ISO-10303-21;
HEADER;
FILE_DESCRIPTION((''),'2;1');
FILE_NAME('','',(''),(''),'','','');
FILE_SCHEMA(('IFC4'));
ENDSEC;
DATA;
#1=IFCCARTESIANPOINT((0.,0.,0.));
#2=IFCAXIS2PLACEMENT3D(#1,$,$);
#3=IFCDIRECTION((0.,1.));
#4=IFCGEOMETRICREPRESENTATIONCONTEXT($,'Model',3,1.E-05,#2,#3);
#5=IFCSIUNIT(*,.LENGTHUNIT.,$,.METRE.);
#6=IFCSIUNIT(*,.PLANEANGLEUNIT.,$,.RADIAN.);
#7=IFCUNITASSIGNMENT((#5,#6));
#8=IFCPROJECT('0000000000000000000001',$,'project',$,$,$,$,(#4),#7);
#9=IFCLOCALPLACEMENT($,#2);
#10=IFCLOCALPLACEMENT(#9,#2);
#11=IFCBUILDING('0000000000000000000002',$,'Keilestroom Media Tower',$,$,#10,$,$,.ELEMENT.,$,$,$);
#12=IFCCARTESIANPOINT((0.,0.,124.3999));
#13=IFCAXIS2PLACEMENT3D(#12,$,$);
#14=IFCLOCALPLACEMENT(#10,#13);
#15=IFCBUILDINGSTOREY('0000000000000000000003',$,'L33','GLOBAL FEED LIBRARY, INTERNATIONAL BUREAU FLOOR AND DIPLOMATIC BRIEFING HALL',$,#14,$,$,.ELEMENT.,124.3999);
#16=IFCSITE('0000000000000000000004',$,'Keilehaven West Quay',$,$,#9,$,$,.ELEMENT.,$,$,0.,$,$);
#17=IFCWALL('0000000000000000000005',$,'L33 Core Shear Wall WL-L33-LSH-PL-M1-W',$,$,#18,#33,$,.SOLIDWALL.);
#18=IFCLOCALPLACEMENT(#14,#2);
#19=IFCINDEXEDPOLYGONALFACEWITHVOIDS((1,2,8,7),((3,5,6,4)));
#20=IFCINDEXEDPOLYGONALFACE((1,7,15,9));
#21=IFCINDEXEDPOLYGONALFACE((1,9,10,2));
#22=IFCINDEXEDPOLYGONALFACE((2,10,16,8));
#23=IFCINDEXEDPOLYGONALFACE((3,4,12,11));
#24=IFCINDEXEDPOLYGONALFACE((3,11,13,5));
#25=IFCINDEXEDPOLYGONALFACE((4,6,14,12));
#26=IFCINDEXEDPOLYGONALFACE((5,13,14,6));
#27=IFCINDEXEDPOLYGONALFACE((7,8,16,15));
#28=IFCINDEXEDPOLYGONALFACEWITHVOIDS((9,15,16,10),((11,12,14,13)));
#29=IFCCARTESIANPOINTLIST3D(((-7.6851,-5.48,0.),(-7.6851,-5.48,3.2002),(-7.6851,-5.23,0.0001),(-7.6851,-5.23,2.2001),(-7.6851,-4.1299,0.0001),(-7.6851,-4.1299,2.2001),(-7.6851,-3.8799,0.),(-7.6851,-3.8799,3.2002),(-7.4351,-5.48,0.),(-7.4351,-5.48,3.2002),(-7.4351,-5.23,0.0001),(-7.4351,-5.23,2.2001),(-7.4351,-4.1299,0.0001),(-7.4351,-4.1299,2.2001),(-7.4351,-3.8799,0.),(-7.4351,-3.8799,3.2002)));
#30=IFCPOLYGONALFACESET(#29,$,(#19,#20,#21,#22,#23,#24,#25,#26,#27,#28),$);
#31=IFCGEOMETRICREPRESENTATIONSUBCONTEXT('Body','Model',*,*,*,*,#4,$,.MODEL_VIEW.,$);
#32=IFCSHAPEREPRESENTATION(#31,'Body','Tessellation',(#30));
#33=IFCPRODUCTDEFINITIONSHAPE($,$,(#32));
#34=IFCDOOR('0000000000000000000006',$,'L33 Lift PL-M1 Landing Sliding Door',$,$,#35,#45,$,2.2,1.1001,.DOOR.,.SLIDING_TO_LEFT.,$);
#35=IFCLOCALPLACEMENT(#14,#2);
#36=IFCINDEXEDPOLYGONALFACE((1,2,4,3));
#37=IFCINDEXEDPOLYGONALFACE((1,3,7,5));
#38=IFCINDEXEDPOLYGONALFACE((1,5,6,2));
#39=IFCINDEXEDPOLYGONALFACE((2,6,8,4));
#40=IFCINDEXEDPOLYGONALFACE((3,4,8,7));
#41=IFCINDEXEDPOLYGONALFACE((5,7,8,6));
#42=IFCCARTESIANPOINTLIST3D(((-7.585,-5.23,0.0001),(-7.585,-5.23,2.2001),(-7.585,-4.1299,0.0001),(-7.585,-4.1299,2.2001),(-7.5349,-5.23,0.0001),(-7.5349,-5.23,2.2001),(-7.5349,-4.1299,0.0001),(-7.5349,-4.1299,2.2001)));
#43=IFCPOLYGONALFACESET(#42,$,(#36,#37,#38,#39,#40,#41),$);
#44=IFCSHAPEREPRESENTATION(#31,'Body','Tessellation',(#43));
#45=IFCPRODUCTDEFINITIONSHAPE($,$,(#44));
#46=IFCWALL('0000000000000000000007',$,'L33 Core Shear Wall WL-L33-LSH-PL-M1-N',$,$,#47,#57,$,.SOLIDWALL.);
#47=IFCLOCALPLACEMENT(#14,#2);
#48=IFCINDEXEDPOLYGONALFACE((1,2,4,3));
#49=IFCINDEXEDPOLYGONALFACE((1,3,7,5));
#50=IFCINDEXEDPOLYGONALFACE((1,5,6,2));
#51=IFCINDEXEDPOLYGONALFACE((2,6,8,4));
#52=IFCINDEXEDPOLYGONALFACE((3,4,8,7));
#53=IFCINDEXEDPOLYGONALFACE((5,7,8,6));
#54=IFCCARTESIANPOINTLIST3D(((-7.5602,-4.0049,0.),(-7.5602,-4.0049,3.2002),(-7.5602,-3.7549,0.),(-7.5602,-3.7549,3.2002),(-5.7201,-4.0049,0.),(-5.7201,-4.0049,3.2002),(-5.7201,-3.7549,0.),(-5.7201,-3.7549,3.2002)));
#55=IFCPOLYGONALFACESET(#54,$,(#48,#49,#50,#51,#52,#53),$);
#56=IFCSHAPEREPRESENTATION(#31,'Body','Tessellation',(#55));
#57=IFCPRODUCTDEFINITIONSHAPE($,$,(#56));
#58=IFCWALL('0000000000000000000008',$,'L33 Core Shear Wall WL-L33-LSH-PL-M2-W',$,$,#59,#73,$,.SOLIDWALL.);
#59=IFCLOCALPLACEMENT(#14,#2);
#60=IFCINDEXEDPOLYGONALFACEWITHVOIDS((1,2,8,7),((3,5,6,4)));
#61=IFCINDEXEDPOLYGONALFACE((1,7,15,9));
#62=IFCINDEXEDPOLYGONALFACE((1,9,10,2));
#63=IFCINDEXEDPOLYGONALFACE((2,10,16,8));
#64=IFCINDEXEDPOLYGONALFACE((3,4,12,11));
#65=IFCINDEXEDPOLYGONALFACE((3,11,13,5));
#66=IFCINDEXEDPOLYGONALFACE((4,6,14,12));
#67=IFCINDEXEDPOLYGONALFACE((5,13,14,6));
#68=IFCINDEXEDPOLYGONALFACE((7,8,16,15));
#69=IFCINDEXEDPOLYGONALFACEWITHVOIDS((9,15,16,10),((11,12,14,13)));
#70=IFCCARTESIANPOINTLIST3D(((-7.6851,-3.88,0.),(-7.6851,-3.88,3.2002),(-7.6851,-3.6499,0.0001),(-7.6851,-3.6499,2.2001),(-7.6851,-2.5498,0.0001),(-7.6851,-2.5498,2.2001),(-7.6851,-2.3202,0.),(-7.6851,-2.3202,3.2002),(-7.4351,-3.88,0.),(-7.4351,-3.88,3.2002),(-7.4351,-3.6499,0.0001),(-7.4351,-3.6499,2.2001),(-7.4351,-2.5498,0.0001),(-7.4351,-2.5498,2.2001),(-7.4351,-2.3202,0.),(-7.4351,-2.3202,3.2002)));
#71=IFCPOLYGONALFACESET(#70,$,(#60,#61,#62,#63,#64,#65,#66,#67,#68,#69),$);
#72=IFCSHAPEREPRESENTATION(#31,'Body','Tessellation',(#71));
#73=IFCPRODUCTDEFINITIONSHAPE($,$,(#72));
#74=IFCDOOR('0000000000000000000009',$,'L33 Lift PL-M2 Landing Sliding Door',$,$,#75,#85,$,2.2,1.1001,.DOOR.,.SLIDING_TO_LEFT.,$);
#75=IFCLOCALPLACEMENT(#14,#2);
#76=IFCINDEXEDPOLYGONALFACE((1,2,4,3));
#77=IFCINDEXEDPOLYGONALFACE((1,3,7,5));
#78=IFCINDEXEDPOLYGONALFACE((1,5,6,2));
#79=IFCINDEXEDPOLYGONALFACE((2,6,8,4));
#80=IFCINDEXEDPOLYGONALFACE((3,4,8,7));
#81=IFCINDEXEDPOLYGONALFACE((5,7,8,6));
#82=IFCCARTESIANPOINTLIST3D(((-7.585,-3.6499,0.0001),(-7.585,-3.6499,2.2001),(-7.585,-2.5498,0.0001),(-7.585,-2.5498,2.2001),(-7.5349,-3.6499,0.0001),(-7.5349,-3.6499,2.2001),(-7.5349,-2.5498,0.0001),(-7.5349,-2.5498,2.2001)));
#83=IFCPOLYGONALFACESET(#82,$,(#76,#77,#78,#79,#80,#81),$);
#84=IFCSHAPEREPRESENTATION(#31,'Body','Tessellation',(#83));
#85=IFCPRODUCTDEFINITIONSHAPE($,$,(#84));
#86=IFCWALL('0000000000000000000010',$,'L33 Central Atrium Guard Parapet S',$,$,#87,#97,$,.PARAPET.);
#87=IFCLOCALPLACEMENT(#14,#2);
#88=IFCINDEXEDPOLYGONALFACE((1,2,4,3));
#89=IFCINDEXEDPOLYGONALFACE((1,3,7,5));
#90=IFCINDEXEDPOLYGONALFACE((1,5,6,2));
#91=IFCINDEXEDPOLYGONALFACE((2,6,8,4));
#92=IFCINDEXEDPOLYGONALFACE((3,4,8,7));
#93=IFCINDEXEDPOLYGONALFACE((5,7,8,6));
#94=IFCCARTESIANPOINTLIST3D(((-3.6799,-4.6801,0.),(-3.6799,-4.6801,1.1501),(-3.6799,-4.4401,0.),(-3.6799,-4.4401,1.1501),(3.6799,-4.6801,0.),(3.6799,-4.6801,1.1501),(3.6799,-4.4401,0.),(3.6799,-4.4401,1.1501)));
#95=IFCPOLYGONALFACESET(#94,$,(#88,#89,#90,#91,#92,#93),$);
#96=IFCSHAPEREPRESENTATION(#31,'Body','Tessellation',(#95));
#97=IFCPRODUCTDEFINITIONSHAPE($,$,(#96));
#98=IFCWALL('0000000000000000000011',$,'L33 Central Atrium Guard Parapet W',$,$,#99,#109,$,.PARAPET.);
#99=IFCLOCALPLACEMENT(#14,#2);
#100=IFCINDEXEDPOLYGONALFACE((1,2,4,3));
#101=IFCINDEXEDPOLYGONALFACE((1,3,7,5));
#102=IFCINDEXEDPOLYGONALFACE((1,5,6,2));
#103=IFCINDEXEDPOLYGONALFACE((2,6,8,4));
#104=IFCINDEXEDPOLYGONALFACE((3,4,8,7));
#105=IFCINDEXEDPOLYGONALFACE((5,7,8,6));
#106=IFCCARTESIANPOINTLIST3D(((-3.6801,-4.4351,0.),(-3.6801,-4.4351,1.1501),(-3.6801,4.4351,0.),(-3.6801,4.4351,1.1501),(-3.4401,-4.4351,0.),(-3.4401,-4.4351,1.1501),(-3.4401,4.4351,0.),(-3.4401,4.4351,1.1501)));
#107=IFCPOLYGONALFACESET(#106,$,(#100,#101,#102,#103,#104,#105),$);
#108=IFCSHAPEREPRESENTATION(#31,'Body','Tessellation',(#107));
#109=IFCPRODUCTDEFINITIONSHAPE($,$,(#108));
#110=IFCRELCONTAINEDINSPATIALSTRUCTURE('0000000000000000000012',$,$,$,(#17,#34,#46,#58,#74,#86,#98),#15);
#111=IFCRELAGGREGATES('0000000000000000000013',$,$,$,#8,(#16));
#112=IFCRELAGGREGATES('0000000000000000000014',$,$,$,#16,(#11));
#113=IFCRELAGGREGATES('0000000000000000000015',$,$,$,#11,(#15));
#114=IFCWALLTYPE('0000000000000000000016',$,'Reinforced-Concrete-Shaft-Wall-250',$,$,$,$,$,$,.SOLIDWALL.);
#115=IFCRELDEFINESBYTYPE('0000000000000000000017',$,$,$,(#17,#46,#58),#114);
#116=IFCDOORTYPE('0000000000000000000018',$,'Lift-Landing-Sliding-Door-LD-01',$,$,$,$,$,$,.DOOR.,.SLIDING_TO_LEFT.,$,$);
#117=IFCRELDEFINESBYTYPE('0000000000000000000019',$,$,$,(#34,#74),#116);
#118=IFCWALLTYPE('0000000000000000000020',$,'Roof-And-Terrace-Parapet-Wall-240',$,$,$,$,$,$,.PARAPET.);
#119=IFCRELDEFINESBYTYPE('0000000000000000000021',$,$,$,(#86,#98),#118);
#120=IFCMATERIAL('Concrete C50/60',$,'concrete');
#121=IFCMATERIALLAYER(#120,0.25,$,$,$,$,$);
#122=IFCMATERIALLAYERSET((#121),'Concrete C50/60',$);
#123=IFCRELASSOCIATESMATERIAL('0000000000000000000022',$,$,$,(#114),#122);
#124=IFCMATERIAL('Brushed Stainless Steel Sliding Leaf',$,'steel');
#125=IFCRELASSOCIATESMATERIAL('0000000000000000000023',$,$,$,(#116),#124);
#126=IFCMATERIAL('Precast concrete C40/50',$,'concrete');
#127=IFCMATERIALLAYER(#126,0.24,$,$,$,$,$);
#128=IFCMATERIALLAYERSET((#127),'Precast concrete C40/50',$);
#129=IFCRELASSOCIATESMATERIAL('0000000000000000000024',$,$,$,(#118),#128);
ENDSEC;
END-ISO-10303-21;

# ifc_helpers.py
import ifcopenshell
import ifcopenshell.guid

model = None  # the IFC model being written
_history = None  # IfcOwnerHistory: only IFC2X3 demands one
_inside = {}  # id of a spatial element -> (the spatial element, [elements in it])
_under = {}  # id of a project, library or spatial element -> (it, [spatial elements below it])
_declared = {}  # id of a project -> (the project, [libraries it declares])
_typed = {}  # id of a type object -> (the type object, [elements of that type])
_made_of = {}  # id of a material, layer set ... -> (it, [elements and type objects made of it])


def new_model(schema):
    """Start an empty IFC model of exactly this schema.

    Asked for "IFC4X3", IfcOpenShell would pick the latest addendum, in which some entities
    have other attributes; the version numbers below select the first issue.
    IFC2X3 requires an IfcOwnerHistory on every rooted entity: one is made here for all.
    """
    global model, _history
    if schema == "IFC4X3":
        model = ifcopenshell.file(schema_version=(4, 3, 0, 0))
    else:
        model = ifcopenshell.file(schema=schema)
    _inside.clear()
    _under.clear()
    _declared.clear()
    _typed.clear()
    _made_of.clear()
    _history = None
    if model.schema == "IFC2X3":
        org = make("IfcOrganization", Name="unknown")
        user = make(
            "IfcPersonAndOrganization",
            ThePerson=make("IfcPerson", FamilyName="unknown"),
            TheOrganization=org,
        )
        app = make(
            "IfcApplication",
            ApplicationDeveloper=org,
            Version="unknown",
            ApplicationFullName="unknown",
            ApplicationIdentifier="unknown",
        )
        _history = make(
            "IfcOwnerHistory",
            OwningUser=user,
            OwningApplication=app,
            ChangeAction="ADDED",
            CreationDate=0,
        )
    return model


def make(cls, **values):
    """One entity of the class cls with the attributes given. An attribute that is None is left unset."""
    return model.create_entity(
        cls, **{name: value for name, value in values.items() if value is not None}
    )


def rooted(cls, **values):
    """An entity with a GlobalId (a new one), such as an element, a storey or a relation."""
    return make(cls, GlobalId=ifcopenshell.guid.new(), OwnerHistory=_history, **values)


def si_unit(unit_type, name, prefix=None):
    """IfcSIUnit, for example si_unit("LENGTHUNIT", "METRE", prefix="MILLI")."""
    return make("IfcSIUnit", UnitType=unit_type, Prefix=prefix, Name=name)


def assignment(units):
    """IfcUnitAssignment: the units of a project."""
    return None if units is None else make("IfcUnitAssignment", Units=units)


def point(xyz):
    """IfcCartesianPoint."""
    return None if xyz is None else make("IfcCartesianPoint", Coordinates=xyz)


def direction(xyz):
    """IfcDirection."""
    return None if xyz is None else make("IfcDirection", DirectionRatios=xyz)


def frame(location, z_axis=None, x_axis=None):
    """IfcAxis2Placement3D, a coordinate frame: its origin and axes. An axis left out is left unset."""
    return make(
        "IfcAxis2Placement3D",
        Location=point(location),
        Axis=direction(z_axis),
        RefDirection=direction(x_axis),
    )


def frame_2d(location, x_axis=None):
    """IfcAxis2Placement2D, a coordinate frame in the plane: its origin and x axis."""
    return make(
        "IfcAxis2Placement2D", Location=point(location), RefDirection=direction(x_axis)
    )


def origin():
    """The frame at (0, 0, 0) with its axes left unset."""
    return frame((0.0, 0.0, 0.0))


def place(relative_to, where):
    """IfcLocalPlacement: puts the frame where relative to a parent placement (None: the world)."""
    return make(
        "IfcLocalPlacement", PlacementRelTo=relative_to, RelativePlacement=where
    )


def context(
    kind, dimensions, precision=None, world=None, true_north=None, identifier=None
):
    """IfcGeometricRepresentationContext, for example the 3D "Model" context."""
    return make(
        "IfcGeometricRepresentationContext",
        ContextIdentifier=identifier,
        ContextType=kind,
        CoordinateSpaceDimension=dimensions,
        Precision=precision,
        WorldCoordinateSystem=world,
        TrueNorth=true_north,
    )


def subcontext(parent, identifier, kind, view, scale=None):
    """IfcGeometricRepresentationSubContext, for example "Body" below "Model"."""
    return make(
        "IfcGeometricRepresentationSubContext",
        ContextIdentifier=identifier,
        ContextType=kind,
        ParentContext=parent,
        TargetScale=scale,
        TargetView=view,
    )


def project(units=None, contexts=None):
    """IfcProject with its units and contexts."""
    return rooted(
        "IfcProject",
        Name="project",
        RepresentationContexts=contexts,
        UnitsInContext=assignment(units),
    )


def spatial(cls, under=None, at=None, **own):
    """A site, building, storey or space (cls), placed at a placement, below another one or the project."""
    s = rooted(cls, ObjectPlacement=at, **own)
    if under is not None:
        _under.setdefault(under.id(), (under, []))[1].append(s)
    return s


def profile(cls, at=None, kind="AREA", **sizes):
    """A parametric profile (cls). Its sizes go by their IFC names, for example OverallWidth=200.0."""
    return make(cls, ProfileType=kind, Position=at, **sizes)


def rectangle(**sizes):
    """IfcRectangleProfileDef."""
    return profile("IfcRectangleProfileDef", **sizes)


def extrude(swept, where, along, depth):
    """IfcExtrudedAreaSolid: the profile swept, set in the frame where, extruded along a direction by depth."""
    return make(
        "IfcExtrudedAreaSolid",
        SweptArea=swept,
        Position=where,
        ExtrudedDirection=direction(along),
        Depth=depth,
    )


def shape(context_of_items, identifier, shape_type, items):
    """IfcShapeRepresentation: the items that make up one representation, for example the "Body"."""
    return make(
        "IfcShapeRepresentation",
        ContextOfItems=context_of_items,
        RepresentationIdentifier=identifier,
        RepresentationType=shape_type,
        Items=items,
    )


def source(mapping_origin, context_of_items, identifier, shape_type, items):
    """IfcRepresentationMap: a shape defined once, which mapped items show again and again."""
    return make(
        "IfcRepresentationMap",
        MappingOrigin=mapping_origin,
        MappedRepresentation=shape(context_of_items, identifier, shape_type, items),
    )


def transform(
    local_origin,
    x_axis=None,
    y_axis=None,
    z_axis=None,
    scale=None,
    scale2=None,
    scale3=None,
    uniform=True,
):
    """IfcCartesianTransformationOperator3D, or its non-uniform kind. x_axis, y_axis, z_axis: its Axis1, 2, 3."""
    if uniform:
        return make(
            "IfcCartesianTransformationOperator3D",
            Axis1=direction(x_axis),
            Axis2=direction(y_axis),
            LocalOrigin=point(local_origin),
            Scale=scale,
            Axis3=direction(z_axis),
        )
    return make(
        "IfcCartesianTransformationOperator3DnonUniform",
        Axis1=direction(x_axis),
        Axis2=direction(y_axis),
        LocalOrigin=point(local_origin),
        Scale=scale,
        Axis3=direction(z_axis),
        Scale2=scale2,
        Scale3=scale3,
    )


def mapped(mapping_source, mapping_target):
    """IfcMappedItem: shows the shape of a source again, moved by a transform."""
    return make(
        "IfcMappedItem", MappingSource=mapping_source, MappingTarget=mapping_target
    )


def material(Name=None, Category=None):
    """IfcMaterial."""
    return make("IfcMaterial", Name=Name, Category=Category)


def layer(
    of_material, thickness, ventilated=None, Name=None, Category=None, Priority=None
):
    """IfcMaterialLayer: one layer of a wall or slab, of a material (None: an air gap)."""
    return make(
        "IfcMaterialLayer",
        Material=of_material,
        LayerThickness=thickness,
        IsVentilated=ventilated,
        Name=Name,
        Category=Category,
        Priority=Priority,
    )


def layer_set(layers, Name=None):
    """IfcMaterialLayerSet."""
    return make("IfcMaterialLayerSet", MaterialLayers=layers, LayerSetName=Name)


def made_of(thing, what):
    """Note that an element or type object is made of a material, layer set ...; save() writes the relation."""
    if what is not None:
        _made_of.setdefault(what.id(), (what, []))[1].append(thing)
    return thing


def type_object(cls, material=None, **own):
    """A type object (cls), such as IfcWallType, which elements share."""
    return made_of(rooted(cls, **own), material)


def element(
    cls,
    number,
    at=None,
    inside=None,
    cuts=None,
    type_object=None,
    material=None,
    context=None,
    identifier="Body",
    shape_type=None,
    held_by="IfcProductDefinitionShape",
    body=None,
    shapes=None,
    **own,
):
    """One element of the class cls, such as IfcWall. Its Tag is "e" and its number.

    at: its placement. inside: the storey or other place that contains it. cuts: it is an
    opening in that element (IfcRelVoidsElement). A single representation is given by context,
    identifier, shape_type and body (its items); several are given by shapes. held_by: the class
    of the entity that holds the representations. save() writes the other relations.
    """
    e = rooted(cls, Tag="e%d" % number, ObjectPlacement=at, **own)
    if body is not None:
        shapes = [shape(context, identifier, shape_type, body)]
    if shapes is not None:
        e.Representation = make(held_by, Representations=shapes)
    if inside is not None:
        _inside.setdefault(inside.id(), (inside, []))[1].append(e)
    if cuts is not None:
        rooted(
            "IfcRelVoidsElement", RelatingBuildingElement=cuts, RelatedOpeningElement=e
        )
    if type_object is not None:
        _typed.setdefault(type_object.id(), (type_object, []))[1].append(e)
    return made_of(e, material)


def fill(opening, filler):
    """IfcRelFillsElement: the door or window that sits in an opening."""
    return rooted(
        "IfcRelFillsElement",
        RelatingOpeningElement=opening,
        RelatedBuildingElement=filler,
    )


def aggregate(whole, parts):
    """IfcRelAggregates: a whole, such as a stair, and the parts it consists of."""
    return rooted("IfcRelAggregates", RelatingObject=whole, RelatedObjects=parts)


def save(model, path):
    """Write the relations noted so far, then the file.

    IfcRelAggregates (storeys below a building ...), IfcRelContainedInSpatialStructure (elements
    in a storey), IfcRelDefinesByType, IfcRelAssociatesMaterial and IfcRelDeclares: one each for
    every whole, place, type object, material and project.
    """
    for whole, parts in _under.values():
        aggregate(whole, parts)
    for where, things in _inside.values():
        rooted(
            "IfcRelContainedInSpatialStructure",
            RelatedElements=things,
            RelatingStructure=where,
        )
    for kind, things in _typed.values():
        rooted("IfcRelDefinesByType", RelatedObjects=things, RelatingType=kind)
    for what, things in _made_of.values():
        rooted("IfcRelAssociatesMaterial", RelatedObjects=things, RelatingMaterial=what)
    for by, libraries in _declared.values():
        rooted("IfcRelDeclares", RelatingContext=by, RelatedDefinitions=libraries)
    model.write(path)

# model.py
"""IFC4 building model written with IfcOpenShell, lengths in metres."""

from ifc_helpers import new_model, si_unit, direction, frame, frame_2d, origin, place, context, subcontext, project, spatial, rectangle, extrude, source, transform, mapped, material, layer, layer_set, type_object, element, fill, save


model = new_model("IFC4")

# Units and contexts
model_context = context("Model", 3, precision=1e-05, world=origin(), true_north=direction((0.0, 1.0)))
body_context = subcontext(model_context, "Body", "Model", "MODEL_VIEW")
ifc_project = project(units=[si_unit("LENGTHUNIT", "METRE"), si_unit("PLANEANGLEUNIT", "RADIAN")], contexts=[model_context])

# Site, building, storey
site_placement = place(None, origin())
site = spatial("IfcSite", under=ifc_project, at=site_placement, Name="Keilehaven West Quay", CompositionType="ELEMENT", RefElevation=0.0)
building_placement = place(site_placement, origin())
building = spatial("IfcBuilding", under=site, at=building_placement, Name="Keilestroom Media Tower", CompositionType="ELEMENT")
storey_placement = place(building_placement, frame((0.0, 0.0, 124.3999)))
storey = spatial("IfcBuildingStorey", under=building, at=storey_placement, Name="L33", Description="GLOBAL FEED LIBRARY, INTERNATIONAL BUREAU FLOOR AND DIPLOMATIC BRIEFING HALL", CompositionType="ELEMENT", Elevation=124.3999)

# Shared definitions
ifc_material_1 = material(Name="Concrete C50/60", Category="concrete")
ifc_layer_1 = layer(ifc_material_1, 0.25)
ifc_layer_set_1 = layer_set([ifc_layer_1], Name="Concrete C50/60")
wall_type_1 = type_object("IfcWallType", Name="Reinforced-Concrete-Shaft-Wall-250", PredefinedType="SOLIDWALL", material=ifc_layer_set_1)

# Shared definitions
ifc_material_2 = material(Name="Brushed Stainless Steel Sliding Leaf", Category="steel")

# Wall, opening, door
wall_1_placement = place(storey_placement, frame((-7.5601, -5.48, 0.0), z_axis=(0.0, 0.0, 1.0), x_axis=(0.0, 1.0, 0.0)))
wall_1 = element("IfcWall", 1, at=wall_1_placement, inside=storey, type_object=wall_type_1, Name="L33 Core Shear Wall WL-L33-LSH-PL-M1-W", PredefinedType="SOLIDWALL", context=body_context, shape_type="SweptSolid", body=[
    extrude(rectangle(XDim=1.6001, YDim=0.25, at=frame_2d((0.8, 0.0))), origin(), (0.0, 0.0, 1.0), 3.2002),
])
opening_1_placement = place(wall_1_placement, frame((0.25, 0.0, 0.0)))
opening_1 = element("IfcOpeningElement", 2, at=opening_1_placement, cuts=wall_1, PredefinedType="OPENING", context=body_context, shape_type="SweptSolid", body=[
    extrude(rectangle(XDim=1.1001, YDim=2.2, at=frame_2d((0.55, 1.1001))), frame((0.0, 0.135, 0.0), z_axis=(0.0, -1.0, 0.0), x_axis=(1.0, 0.0, 0.0)), (0.0, 0.0, 1.0), 0.27),
])
door_type_1 = type_object("IfcDoorType", Name="Lift-Landing-Sliding-Door-LD-01", OperationType="SLIDING_TO_LEFT", PredefinedType="DOOR", material=ifc_material_2)
shared_shape_1 = source(origin(), body_context, "Body", "SweptSolid", [
    extrude(rectangle(XDim=1.1001, YDim=2.2, at=frame_2d((0.55, 1.1001))), frame((0.0, 0.0249, 0.0), z_axis=(0.0, -1.0, 0.0), x_axis=(1.0, 0.0, 0.0)), (0.0, 0.0, 1.0), 0.05),
])
door_1_placement = place(opening_1_placement, origin())
door_1 = element("IfcDoor", 3, at=door_1_placement, inside=storey, type_object=door_type_1, Name="L33 Lift PL-M1 Landing Sliding Door", OperationType="SLIDING_TO_LEFT", OverallHeight=2.2, OverallWidth=1.1001, PredefinedType="DOOR", context=body_context, shape_type="MappedRepresentation", body=[
    mapped(shared_shape_1, transform((0.0, 0.0, 0.0), x_axis=(1.0, 0.0, 0.0), y_axis=(0.0, 1.0, 0.0), z_axis=(0.0, 0.0, 1.0), scale=1.0)),
])
fill(opening_1, door_1)

# Wall
wall_2_placement = place(storey_placement, frame((-7.5601, -3.8799, 0.0), z_axis=(0.0, 0.0, 1.0), x_axis=(1.0, 0.0, 0.0)))
element("IfcWall", 4, at=wall_2_placement, inside=storey, type_object=wall_type_1, Name="L33 Core Shear Wall WL-L33-LSH-PL-M1-N", PredefinedType="SOLIDWALL", context=body_context, shape_type="SweptSolid", body=[
    extrude(rectangle(XDim=1.8401, YDim=0.25, at=frame_2d((0.9199, 0.0))), origin(), (0.0, 0.0, 1.0), 3.2002),
])

# Wall, opening, door
wall_3_placement = place(storey_placement, frame((-7.5601, -3.8799, 0.0), z_axis=(0.0, 0.0, 1.0), x_axis=(0.0, 1.0, 0.0)))
wall_3 = element("IfcWall", 5, at=wall_3_placement, inside=storey, type_object=wall_type_1, Name="L33 Core Shear Wall WL-L33-LSH-PL-M2-W", PredefinedType="SOLIDWALL", context=body_context, shape_type="SweptSolid", body=[
    extrude(rectangle(XDim=1.5598, YDim=0.25, at=frame_2d((0.7798, 0.0))), origin(), (0.0, 0.0, 1.0), 3.2002),
])
opening_2_placement = place(wall_3_placement, frame((0.23, 0.0, 0.0)))
opening_2 = element("IfcOpeningElement", 6, at=opening_2_placement, cuts=wall_3, PredefinedType="OPENING", context=body_context, shape_type="SweptSolid", body=[
    extrude(rectangle(XDim=1.1001, YDim=2.2, at=frame_2d((0.55, 1.1001))), frame((0.0, 0.135, 0.0), z_axis=(0.0, -1.0, 0.0), x_axis=(1.0, 0.0, 0.0)), (0.0, 0.0, 1.0), 0.27),
])
door_2_placement = place(opening_2_placement, origin())
door_2 = element("IfcDoor", 7, at=door_2_placement, inside=storey, type_object=door_type_1, Name="L33 Lift PL-M2 Landing Sliding Door", OperationType="SLIDING_TO_LEFT", OverallHeight=2.2, OverallWidth=1.1001, PredefinedType="DOOR", context=body_context, shape_type="MappedRepresentation", body=[
    mapped(shared_shape_1, transform((0.0, 0.0, 0.0), x_axis=(1.0, 0.0, 0.0), y_axis=(0.0, 1.0, 0.0), z_axis=(0.0, 0.0, 1.0), scale=1.0)),
])
fill(opening_2, door_2)

# Walls
ifc_material_3 = material(Name="Precast concrete C40/50", Category="concrete")
ifc_layer_2 = layer(ifc_material_3, 0.24)
ifc_layer_set_2 = layer_set([ifc_layer_2], Name="Precast concrete C40/50")
wall_type_2 = type_object("IfcWallType", Name="Roof-And-Terrace-Parapet-Wall-240", PredefinedType="PARAPET", material=ifc_layer_set_2)
wall_4_placement = place(storey_placement, frame((-3.6799, -4.5601, 0.0), z_axis=(0.0, 0.0, 1.0), x_axis=(1.0, 0.0, 0.0)))
element("IfcWall", 8, at=wall_4_placement, inside=storey, type_object=wall_type_2, Name="L33 Central Atrium Guard Parapet S", PredefinedType="PARAPET", context=body_context, shape_type="SweptSolid", body=[
    extrude(rectangle(XDim=7.3599, YDim=0.24, at=frame_2d((3.6799, 0.0))), origin(), (0.0, 0.0, 1.0), 1.1501),
])
wall_5_placement = place(storey_placement, frame((-3.5601, -4.4351, 0.0), z_axis=(0.0, 0.0, 1.0), x_axis=(0.0, 1.0, 0.0)))
element("IfcWall", 9, at=wall_5_placement, inside=storey, type_object=wall_type_2, Name="L33 Central Atrium Guard Parapet W", PredefinedType="PARAPET", context=body_context, shape_type="SweptSolid", body=[
    extrude(rectangle(XDim=8.8701, YDim=0.24, at=frame_2d((4.4351, 0.0))), origin(), (0.0, 0.0, 1.0), 1.1501),
])

save(model, "model.ifc")
